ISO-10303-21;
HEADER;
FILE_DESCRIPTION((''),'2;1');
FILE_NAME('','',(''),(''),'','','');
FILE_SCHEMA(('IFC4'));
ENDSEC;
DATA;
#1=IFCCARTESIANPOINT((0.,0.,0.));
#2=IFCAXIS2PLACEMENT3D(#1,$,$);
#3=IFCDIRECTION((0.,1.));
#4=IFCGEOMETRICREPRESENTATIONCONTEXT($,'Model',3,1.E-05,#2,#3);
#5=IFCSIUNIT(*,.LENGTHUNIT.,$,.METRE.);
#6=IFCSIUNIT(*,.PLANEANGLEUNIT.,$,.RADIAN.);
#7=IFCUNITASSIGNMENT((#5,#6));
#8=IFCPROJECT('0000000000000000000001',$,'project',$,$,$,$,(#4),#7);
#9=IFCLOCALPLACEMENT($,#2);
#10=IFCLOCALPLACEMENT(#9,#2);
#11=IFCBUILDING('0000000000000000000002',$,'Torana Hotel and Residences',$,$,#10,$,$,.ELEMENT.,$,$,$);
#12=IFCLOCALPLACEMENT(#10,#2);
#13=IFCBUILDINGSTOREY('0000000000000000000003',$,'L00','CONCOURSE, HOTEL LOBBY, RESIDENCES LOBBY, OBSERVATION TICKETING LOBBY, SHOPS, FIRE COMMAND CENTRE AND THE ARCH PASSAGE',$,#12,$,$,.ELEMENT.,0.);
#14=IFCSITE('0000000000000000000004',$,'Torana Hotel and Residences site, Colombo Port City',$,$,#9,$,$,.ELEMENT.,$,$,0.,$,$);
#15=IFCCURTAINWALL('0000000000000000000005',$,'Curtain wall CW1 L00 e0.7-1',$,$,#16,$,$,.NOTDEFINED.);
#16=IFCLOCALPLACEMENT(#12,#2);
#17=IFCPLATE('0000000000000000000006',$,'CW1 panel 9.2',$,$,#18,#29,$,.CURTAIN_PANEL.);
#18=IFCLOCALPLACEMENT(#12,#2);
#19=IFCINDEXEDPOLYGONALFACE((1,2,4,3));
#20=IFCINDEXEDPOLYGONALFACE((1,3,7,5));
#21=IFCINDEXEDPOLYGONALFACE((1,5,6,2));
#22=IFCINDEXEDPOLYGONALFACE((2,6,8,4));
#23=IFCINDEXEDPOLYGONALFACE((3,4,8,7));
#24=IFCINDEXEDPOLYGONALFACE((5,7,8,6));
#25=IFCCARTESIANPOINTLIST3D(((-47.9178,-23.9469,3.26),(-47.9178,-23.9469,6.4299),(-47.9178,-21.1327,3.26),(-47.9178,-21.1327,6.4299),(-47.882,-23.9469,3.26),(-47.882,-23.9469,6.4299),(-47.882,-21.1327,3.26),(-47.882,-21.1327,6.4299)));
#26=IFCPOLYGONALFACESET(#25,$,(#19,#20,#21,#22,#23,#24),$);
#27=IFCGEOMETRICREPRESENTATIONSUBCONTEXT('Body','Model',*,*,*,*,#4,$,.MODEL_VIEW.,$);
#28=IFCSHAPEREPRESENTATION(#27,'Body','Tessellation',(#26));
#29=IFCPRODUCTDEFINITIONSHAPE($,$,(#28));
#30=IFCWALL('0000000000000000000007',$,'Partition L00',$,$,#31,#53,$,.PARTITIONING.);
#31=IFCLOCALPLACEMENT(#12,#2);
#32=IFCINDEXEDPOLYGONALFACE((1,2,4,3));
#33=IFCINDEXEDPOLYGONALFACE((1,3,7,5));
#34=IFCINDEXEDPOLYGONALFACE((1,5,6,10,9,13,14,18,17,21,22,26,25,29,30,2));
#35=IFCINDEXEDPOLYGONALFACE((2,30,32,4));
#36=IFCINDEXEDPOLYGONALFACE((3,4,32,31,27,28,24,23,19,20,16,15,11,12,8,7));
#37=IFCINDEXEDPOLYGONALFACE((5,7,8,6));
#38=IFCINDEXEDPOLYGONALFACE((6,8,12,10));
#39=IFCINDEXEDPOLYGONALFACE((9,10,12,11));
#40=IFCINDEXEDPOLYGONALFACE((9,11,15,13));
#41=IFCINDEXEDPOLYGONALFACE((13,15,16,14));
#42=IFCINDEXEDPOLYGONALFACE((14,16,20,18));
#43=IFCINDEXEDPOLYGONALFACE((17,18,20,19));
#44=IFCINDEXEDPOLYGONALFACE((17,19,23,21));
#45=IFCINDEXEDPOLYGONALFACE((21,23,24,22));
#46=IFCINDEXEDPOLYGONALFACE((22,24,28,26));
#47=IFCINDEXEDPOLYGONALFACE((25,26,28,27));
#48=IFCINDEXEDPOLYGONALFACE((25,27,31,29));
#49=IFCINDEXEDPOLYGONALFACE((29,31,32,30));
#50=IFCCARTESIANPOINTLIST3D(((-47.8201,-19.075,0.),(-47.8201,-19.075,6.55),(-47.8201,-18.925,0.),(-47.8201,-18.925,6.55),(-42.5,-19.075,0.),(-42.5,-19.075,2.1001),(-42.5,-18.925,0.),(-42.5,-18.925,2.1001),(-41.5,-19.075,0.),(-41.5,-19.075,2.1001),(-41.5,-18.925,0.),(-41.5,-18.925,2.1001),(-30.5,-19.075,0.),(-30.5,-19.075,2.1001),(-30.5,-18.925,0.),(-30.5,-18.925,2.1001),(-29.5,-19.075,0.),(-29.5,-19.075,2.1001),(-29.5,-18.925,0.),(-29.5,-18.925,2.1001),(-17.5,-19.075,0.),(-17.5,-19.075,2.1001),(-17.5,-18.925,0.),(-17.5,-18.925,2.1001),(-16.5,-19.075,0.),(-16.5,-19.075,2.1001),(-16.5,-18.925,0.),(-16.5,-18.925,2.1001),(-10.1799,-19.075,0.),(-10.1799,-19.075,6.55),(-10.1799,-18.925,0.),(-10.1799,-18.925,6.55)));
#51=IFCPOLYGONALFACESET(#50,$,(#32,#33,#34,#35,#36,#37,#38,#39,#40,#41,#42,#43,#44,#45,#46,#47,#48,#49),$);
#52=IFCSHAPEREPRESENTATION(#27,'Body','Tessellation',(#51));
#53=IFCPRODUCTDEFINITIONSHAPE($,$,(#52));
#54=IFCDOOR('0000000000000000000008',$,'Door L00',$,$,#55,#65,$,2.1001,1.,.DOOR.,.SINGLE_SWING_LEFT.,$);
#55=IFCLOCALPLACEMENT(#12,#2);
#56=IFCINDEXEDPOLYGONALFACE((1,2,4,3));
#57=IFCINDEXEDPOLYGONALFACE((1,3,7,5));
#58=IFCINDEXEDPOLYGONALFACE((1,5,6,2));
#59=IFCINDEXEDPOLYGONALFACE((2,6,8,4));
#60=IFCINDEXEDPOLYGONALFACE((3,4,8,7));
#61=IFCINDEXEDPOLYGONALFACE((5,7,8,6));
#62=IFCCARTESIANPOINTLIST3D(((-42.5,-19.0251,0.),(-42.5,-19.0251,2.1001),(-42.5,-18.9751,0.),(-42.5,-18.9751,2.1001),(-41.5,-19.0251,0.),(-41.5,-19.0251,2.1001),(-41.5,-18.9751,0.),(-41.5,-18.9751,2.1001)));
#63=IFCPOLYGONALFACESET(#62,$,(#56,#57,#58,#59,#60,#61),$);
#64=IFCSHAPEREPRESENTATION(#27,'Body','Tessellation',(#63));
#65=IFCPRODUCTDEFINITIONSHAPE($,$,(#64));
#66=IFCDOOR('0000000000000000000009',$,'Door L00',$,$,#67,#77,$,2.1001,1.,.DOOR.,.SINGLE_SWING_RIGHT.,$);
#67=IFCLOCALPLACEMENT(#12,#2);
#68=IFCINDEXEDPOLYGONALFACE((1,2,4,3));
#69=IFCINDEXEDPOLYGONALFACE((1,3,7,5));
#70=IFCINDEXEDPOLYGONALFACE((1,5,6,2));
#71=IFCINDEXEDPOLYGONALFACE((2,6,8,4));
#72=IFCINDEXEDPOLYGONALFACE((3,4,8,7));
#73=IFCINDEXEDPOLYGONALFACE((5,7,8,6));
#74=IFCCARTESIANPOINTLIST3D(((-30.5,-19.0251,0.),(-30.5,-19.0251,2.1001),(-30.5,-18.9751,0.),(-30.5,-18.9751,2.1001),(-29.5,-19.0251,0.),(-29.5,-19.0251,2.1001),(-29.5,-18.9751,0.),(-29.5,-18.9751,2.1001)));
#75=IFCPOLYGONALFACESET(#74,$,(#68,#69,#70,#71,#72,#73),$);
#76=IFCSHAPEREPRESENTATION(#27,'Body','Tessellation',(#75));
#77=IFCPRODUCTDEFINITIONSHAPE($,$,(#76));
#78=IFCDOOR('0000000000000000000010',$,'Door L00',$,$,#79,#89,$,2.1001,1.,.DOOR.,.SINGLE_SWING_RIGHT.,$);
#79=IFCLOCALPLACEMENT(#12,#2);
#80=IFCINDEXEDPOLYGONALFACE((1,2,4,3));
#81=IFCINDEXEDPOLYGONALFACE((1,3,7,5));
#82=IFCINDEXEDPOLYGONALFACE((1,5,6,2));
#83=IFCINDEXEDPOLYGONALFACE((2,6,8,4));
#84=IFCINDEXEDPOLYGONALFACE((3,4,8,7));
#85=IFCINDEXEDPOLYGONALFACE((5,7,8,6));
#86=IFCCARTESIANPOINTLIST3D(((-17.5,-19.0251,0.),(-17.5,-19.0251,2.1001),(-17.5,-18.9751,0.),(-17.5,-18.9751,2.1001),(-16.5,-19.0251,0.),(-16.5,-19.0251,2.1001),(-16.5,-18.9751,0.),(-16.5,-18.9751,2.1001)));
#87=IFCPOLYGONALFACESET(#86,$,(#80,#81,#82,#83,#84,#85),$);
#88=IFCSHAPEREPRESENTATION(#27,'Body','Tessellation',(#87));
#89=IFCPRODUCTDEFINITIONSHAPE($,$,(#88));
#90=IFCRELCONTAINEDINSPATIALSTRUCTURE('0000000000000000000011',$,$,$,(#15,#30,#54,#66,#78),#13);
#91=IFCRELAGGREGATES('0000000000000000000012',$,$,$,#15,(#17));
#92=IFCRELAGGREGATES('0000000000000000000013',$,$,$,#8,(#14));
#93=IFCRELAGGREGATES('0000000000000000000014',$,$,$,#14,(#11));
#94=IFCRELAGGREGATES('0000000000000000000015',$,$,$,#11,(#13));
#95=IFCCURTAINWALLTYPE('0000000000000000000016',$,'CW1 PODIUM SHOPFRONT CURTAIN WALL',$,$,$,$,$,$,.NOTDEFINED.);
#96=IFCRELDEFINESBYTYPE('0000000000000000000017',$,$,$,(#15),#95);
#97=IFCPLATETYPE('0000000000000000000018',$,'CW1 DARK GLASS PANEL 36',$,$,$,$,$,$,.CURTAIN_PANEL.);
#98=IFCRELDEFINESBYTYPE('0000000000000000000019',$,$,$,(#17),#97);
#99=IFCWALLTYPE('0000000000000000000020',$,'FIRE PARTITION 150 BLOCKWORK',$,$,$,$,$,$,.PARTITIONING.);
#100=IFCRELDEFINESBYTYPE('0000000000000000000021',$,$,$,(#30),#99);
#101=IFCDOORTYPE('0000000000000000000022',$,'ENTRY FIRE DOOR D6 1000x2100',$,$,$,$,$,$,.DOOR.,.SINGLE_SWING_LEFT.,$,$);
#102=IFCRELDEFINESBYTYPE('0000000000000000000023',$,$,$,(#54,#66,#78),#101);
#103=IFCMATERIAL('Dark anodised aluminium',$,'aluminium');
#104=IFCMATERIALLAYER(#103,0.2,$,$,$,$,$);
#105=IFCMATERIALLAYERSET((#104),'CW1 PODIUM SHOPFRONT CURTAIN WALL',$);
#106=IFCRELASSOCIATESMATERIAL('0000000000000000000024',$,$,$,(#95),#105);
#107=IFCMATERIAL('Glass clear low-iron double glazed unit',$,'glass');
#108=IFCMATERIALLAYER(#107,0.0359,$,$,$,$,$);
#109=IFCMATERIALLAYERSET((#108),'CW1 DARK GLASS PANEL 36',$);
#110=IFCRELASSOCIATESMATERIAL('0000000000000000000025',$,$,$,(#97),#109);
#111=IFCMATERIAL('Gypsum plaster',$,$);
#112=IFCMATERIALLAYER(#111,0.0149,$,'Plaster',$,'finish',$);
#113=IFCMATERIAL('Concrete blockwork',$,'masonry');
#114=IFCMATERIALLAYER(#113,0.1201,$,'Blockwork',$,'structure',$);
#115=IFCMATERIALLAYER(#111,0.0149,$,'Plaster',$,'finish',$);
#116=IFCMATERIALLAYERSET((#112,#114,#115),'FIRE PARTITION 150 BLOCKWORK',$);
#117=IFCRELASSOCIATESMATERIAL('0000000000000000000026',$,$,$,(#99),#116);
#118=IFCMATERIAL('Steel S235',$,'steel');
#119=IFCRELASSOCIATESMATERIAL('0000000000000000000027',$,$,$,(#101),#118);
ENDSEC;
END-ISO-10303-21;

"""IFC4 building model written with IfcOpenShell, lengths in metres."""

from ifc_helpers import new_model, si_unit, direction, frame, frame_2d, origin, origin_2d, place, context, subcontext, project, spatial, rectangle, extrude, material, layer, layer_set, type_object, element, fill, aggregate, save


model = new_model("IFC4")

# Units and contexts
model_context = context("Model", 3, precision=1e-05, world=origin(), true_north=direction((0.0, 1.0)))
body_context = subcontext(model_context, "Body", "Model", "MODEL_VIEW")
ifc_project = project(units=[si_unit("LENGTHUNIT", "METRE"), si_unit("PLANEANGLEUNIT", "RADIAN")], contexts=[model_context])

# Site, building, storey
site_placement = place(None, origin())
site = spatial("IfcSite", under=ifc_project, at=site_placement, Name="Torana Hotel and Residences site, Colombo Port City", CompositionType="ELEMENT", RefElevation=0.0)
building_placement = place(site_placement, origin())
building = spatial("IfcBuilding", under=site, at=building_placement, Name="Torana Hotel and Residences", CompositionType="ELEMENT")
storey_placement = place(building_placement, origin())
storey = spatial("IfcBuildingStorey", under=building, at=storey_placement, Name="L00", Description="CONCOURSE, HOTEL LOBBY, RESIDENCES LOBBY, OBSERVATION TICKETING LOBBY, SHOPS, FIRE COMMAND CENTRE AND THE ARCH PASSAGE", CompositionType="ELEMENT", Elevation=0.0)

# Curtain wall, plate
ifc_material_1 = material(Name="Dark anodised aluminium", Category="aluminium")
ifc_layer_1 = layer(ifc_material_1, 0.2)
ifc_layer_set_1 = layer_set([ifc_layer_1], Name="CW1 PODIUM SHOPFRONT CURTAIN WALL")
curtain_wall_type = type_object("IfcCurtainWallType", Name="CW1 PODIUM SHOPFRONT CURTAIN WALL", PredefinedType="NOTDEFINED", material=ifc_layer_set_1)
curtain_wall_placement = place(storey_placement, origin())
curtain_wall = element("IfcCurtainWall", 1, at=curtain_wall_placement, inside=storey, type_object=curtain_wall_type, Name="Curtain wall CW1 L00 e0.7-1", PredefinedType="NOTDEFINED")
ifc_material_2 = material(Name="Glass clear low-iron double glazed unit", Category="glass")
ifc_layer_2 = layer(ifc_material_2, 0.0359)
ifc_layer_set_2 = layer_set([ifc_layer_2], Name="CW1 DARK GLASS PANEL 36")
plate_type = type_object("IfcPlateType", Name="CW1 DARK GLASS PANEL 36", PredefinedType="CURTAIN_PANEL", material=ifc_layer_set_2)
plate_1_placement = place(storey_placement, frame((-47.8999, -22.5398, 3.26), z_axis=(0.0, 0.0, 1.0), x_axis=(0.0, -1.0, 0.0)))
plate_1 = element("IfcPlate", 2, at=plate_1_placement, type_object=plate_type, Name="CW1 panel 9.2", PredefinedType="CURTAIN_PANEL", context=body_context, shape_type="SweptSolid", body=[
    extrude(rectangle(XDim=2.8142, YDim=0.0359, at=origin_2d()), origin(), (0.0, 0.0, 1.0), 3.1699),
])
aggregate(curtain_wall, [plate_1])

# Wall, openings, doors
ifc_material_3 = material(Name="Gypsum plaster")
ifc_layer_3 = layer(ifc_material_3, 0.0149, Name="Plaster", Category="finish")
ifc_material_4 = material(Name="Concrete blockwork", Category="masonry")
ifc_layer_4 = layer(ifc_material_4, 0.1201, Name="Blockwork", Category="structure")
ifc_layer_5 = layer(ifc_material_3, 0.0149, Name="Plaster", Category="finish")
ifc_layer_set_3 = layer_set([ifc_layer_3, ifc_layer_4, ifc_layer_5], Name="FIRE PARTITION 150 BLOCKWORK")
wall_type = type_object("IfcWallType", Name="FIRE PARTITION 150 BLOCKWORK", PredefinedType="PARTITIONING", material=ifc_layer_set_3)
wall_placement = place(storey_placement, frame((-47.8201, -19.0, 0.0), z_axis=(0.0, 0.0, 1.0), x_axis=(1.0, 0.0, 0.0)))
wall = element("IfcWall", 3, at=wall_placement, inside=storey, type_object=wall_type, Name="Partition L00", PredefinedType="PARTITIONING", context=body_context, shape_type="SweptSolid", body=[
    extrude(rectangle(XDim=37.6401, YDim=0.1499, at=frame_2d((18.8201, 0.0))), origin(), (0.0, 0.0, 1.0), 6.55),
])
opening_1_placement = place(wall_placement, frame((5.3201, 0.0, 0.0)))
opening_1 = element("IfcOpeningElement", 4, at=opening_1_placement, cuts=wall, PredefinedType="OPENING", context=body_context, shape_type="SweptSolid", body=[
    extrude(rectangle(XDim=1.0, YDim=2.1001, at=frame_2d((0.5, 1.05))), frame((0.0, 0.085, 0.0), z_axis=(0.0, -1.0, 0.0), x_axis=(1.0, 0.0, 0.0)), (0.0, 0.0, 1.0), 0.1699),
])
opening_2_placement = place(wall_placement, frame((17.3201, 0.0, 0.0)))
opening_2 = element("IfcOpeningElement", 5, at=opening_2_placement, cuts=wall, PredefinedType="OPENING", context=body_context, shape_type="SweptSolid", body=[
    extrude(rectangle(XDim=1.0, YDim=2.1001, at=frame_2d((0.5, 1.05))), frame((0.0, 0.085, 0.0), z_axis=(0.0, -1.0, 0.0), x_axis=(1.0, 0.0, 0.0)), (0.0, 0.0, 1.0), 0.1699),
])
opening_3_placement = place(wall_placement, frame((30.3201, 0.0, 0.0)))
opening_3 = element("IfcOpeningElement", 6, at=opening_3_placement, cuts=wall, PredefinedType="OPENING", context=body_context, shape_type="SweptSolid", body=[
    extrude(rectangle(XDim=1.0, YDim=2.1001, at=frame_2d((0.5, 1.05))), frame((0.0, 0.085, 0.0), z_axis=(0.0, -1.0, 0.0), x_axis=(1.0, 0.0, 0.0)), (0.0, 0.0, 1.0), 0.1699),
])
ifc_material_5 = material(Name="Steel S235", Category="steel")
door_type = type_object("IfcDoorType", Name="ENTRY FIRE DOOR D6 1000x2100", OperationType="SINGLE_SWING_LEFT", PredefinedType="DOOR", material=ifc_material_5)
door_1_placement = place(opening_1_placement, frame((0.5, 0.0, 0.0), z_axis=(0.0, 0.0, 1.0), x_axis=(-1.0, 0.0, 0.0)))
door_1 = element("IfcDoor", 7, at=door_1_placement, inside=storey, type_object=door_type, Name="Door L00", OperationType="SINGLE_SWING_LEFT", OverallHeight=2.1001, OverallWidth=1.0, PredefinedType="DOOR", context=body_context, shape_type="SweptSolid", body=[
    extrude(rectangle(XDim=1.0, YDim=2.1001, at=frame_2d((0.0, 1.05))), frame((0.0, -0.0249, 0.0), z_axis=(0.0, 1.0, 0.0), x_axis=(-1.0, 0.0, 0.0)), (0.0, 0.0, 1.0), 0.05),
])
fill(opening_1, door_1)
door_2_placement = place(opening_2_placement, origin())
door_2 = element("IfcDoor", 8, at=door_2_placement, inside=storey, type_object=door_type, Name="Door L00", OperationType="SINGLE_SWING_RIGHT", OverallHeight=2.1001, OverallWidth=1.0, PredefinedType="DOOR", context=body_context, shape_type="SweptSolid", body=[
    extrude(rectangle(XDim=1.0, YDim=2.1001, at=frame_2d((0.5, 1.05))), frame((0.0, 0.0249, 0.0), z_axis=(0.0, -1.0, 0.0), x_axis=(1.0, 0.0, 0.0)), (0.0, 0.0, 1.0), 0.05),
])
fill(opening_2, door_2)
door_3_placement = place(opening_3_placement, origin())
door_3 = element("IfcDoor", 9, at=door_3_placement, inside=storey, type_object=door_type, Name="Door L00", OperationType="SINGLE_SWING_RIGHT", OverallHeight=2.1001, OverallWidth=1.0, PredefinedType="DOOR", context=body_context, shape_type="SweptSolid", body=[
    extrude(rectangle(XDim=1.0, YDim=2.1001, at=frame_2d((0.5, 1.05))), frame((0.0, 0.0249, 0.0), z_axis=(0.0, -1.0, 0.0), x_axis=(1.0, 0.0, 0.0)), (0.0, 0.0, 1.0), 0.05),
])
fill(opening_3, door_3)

save(model, "model.ifc")
